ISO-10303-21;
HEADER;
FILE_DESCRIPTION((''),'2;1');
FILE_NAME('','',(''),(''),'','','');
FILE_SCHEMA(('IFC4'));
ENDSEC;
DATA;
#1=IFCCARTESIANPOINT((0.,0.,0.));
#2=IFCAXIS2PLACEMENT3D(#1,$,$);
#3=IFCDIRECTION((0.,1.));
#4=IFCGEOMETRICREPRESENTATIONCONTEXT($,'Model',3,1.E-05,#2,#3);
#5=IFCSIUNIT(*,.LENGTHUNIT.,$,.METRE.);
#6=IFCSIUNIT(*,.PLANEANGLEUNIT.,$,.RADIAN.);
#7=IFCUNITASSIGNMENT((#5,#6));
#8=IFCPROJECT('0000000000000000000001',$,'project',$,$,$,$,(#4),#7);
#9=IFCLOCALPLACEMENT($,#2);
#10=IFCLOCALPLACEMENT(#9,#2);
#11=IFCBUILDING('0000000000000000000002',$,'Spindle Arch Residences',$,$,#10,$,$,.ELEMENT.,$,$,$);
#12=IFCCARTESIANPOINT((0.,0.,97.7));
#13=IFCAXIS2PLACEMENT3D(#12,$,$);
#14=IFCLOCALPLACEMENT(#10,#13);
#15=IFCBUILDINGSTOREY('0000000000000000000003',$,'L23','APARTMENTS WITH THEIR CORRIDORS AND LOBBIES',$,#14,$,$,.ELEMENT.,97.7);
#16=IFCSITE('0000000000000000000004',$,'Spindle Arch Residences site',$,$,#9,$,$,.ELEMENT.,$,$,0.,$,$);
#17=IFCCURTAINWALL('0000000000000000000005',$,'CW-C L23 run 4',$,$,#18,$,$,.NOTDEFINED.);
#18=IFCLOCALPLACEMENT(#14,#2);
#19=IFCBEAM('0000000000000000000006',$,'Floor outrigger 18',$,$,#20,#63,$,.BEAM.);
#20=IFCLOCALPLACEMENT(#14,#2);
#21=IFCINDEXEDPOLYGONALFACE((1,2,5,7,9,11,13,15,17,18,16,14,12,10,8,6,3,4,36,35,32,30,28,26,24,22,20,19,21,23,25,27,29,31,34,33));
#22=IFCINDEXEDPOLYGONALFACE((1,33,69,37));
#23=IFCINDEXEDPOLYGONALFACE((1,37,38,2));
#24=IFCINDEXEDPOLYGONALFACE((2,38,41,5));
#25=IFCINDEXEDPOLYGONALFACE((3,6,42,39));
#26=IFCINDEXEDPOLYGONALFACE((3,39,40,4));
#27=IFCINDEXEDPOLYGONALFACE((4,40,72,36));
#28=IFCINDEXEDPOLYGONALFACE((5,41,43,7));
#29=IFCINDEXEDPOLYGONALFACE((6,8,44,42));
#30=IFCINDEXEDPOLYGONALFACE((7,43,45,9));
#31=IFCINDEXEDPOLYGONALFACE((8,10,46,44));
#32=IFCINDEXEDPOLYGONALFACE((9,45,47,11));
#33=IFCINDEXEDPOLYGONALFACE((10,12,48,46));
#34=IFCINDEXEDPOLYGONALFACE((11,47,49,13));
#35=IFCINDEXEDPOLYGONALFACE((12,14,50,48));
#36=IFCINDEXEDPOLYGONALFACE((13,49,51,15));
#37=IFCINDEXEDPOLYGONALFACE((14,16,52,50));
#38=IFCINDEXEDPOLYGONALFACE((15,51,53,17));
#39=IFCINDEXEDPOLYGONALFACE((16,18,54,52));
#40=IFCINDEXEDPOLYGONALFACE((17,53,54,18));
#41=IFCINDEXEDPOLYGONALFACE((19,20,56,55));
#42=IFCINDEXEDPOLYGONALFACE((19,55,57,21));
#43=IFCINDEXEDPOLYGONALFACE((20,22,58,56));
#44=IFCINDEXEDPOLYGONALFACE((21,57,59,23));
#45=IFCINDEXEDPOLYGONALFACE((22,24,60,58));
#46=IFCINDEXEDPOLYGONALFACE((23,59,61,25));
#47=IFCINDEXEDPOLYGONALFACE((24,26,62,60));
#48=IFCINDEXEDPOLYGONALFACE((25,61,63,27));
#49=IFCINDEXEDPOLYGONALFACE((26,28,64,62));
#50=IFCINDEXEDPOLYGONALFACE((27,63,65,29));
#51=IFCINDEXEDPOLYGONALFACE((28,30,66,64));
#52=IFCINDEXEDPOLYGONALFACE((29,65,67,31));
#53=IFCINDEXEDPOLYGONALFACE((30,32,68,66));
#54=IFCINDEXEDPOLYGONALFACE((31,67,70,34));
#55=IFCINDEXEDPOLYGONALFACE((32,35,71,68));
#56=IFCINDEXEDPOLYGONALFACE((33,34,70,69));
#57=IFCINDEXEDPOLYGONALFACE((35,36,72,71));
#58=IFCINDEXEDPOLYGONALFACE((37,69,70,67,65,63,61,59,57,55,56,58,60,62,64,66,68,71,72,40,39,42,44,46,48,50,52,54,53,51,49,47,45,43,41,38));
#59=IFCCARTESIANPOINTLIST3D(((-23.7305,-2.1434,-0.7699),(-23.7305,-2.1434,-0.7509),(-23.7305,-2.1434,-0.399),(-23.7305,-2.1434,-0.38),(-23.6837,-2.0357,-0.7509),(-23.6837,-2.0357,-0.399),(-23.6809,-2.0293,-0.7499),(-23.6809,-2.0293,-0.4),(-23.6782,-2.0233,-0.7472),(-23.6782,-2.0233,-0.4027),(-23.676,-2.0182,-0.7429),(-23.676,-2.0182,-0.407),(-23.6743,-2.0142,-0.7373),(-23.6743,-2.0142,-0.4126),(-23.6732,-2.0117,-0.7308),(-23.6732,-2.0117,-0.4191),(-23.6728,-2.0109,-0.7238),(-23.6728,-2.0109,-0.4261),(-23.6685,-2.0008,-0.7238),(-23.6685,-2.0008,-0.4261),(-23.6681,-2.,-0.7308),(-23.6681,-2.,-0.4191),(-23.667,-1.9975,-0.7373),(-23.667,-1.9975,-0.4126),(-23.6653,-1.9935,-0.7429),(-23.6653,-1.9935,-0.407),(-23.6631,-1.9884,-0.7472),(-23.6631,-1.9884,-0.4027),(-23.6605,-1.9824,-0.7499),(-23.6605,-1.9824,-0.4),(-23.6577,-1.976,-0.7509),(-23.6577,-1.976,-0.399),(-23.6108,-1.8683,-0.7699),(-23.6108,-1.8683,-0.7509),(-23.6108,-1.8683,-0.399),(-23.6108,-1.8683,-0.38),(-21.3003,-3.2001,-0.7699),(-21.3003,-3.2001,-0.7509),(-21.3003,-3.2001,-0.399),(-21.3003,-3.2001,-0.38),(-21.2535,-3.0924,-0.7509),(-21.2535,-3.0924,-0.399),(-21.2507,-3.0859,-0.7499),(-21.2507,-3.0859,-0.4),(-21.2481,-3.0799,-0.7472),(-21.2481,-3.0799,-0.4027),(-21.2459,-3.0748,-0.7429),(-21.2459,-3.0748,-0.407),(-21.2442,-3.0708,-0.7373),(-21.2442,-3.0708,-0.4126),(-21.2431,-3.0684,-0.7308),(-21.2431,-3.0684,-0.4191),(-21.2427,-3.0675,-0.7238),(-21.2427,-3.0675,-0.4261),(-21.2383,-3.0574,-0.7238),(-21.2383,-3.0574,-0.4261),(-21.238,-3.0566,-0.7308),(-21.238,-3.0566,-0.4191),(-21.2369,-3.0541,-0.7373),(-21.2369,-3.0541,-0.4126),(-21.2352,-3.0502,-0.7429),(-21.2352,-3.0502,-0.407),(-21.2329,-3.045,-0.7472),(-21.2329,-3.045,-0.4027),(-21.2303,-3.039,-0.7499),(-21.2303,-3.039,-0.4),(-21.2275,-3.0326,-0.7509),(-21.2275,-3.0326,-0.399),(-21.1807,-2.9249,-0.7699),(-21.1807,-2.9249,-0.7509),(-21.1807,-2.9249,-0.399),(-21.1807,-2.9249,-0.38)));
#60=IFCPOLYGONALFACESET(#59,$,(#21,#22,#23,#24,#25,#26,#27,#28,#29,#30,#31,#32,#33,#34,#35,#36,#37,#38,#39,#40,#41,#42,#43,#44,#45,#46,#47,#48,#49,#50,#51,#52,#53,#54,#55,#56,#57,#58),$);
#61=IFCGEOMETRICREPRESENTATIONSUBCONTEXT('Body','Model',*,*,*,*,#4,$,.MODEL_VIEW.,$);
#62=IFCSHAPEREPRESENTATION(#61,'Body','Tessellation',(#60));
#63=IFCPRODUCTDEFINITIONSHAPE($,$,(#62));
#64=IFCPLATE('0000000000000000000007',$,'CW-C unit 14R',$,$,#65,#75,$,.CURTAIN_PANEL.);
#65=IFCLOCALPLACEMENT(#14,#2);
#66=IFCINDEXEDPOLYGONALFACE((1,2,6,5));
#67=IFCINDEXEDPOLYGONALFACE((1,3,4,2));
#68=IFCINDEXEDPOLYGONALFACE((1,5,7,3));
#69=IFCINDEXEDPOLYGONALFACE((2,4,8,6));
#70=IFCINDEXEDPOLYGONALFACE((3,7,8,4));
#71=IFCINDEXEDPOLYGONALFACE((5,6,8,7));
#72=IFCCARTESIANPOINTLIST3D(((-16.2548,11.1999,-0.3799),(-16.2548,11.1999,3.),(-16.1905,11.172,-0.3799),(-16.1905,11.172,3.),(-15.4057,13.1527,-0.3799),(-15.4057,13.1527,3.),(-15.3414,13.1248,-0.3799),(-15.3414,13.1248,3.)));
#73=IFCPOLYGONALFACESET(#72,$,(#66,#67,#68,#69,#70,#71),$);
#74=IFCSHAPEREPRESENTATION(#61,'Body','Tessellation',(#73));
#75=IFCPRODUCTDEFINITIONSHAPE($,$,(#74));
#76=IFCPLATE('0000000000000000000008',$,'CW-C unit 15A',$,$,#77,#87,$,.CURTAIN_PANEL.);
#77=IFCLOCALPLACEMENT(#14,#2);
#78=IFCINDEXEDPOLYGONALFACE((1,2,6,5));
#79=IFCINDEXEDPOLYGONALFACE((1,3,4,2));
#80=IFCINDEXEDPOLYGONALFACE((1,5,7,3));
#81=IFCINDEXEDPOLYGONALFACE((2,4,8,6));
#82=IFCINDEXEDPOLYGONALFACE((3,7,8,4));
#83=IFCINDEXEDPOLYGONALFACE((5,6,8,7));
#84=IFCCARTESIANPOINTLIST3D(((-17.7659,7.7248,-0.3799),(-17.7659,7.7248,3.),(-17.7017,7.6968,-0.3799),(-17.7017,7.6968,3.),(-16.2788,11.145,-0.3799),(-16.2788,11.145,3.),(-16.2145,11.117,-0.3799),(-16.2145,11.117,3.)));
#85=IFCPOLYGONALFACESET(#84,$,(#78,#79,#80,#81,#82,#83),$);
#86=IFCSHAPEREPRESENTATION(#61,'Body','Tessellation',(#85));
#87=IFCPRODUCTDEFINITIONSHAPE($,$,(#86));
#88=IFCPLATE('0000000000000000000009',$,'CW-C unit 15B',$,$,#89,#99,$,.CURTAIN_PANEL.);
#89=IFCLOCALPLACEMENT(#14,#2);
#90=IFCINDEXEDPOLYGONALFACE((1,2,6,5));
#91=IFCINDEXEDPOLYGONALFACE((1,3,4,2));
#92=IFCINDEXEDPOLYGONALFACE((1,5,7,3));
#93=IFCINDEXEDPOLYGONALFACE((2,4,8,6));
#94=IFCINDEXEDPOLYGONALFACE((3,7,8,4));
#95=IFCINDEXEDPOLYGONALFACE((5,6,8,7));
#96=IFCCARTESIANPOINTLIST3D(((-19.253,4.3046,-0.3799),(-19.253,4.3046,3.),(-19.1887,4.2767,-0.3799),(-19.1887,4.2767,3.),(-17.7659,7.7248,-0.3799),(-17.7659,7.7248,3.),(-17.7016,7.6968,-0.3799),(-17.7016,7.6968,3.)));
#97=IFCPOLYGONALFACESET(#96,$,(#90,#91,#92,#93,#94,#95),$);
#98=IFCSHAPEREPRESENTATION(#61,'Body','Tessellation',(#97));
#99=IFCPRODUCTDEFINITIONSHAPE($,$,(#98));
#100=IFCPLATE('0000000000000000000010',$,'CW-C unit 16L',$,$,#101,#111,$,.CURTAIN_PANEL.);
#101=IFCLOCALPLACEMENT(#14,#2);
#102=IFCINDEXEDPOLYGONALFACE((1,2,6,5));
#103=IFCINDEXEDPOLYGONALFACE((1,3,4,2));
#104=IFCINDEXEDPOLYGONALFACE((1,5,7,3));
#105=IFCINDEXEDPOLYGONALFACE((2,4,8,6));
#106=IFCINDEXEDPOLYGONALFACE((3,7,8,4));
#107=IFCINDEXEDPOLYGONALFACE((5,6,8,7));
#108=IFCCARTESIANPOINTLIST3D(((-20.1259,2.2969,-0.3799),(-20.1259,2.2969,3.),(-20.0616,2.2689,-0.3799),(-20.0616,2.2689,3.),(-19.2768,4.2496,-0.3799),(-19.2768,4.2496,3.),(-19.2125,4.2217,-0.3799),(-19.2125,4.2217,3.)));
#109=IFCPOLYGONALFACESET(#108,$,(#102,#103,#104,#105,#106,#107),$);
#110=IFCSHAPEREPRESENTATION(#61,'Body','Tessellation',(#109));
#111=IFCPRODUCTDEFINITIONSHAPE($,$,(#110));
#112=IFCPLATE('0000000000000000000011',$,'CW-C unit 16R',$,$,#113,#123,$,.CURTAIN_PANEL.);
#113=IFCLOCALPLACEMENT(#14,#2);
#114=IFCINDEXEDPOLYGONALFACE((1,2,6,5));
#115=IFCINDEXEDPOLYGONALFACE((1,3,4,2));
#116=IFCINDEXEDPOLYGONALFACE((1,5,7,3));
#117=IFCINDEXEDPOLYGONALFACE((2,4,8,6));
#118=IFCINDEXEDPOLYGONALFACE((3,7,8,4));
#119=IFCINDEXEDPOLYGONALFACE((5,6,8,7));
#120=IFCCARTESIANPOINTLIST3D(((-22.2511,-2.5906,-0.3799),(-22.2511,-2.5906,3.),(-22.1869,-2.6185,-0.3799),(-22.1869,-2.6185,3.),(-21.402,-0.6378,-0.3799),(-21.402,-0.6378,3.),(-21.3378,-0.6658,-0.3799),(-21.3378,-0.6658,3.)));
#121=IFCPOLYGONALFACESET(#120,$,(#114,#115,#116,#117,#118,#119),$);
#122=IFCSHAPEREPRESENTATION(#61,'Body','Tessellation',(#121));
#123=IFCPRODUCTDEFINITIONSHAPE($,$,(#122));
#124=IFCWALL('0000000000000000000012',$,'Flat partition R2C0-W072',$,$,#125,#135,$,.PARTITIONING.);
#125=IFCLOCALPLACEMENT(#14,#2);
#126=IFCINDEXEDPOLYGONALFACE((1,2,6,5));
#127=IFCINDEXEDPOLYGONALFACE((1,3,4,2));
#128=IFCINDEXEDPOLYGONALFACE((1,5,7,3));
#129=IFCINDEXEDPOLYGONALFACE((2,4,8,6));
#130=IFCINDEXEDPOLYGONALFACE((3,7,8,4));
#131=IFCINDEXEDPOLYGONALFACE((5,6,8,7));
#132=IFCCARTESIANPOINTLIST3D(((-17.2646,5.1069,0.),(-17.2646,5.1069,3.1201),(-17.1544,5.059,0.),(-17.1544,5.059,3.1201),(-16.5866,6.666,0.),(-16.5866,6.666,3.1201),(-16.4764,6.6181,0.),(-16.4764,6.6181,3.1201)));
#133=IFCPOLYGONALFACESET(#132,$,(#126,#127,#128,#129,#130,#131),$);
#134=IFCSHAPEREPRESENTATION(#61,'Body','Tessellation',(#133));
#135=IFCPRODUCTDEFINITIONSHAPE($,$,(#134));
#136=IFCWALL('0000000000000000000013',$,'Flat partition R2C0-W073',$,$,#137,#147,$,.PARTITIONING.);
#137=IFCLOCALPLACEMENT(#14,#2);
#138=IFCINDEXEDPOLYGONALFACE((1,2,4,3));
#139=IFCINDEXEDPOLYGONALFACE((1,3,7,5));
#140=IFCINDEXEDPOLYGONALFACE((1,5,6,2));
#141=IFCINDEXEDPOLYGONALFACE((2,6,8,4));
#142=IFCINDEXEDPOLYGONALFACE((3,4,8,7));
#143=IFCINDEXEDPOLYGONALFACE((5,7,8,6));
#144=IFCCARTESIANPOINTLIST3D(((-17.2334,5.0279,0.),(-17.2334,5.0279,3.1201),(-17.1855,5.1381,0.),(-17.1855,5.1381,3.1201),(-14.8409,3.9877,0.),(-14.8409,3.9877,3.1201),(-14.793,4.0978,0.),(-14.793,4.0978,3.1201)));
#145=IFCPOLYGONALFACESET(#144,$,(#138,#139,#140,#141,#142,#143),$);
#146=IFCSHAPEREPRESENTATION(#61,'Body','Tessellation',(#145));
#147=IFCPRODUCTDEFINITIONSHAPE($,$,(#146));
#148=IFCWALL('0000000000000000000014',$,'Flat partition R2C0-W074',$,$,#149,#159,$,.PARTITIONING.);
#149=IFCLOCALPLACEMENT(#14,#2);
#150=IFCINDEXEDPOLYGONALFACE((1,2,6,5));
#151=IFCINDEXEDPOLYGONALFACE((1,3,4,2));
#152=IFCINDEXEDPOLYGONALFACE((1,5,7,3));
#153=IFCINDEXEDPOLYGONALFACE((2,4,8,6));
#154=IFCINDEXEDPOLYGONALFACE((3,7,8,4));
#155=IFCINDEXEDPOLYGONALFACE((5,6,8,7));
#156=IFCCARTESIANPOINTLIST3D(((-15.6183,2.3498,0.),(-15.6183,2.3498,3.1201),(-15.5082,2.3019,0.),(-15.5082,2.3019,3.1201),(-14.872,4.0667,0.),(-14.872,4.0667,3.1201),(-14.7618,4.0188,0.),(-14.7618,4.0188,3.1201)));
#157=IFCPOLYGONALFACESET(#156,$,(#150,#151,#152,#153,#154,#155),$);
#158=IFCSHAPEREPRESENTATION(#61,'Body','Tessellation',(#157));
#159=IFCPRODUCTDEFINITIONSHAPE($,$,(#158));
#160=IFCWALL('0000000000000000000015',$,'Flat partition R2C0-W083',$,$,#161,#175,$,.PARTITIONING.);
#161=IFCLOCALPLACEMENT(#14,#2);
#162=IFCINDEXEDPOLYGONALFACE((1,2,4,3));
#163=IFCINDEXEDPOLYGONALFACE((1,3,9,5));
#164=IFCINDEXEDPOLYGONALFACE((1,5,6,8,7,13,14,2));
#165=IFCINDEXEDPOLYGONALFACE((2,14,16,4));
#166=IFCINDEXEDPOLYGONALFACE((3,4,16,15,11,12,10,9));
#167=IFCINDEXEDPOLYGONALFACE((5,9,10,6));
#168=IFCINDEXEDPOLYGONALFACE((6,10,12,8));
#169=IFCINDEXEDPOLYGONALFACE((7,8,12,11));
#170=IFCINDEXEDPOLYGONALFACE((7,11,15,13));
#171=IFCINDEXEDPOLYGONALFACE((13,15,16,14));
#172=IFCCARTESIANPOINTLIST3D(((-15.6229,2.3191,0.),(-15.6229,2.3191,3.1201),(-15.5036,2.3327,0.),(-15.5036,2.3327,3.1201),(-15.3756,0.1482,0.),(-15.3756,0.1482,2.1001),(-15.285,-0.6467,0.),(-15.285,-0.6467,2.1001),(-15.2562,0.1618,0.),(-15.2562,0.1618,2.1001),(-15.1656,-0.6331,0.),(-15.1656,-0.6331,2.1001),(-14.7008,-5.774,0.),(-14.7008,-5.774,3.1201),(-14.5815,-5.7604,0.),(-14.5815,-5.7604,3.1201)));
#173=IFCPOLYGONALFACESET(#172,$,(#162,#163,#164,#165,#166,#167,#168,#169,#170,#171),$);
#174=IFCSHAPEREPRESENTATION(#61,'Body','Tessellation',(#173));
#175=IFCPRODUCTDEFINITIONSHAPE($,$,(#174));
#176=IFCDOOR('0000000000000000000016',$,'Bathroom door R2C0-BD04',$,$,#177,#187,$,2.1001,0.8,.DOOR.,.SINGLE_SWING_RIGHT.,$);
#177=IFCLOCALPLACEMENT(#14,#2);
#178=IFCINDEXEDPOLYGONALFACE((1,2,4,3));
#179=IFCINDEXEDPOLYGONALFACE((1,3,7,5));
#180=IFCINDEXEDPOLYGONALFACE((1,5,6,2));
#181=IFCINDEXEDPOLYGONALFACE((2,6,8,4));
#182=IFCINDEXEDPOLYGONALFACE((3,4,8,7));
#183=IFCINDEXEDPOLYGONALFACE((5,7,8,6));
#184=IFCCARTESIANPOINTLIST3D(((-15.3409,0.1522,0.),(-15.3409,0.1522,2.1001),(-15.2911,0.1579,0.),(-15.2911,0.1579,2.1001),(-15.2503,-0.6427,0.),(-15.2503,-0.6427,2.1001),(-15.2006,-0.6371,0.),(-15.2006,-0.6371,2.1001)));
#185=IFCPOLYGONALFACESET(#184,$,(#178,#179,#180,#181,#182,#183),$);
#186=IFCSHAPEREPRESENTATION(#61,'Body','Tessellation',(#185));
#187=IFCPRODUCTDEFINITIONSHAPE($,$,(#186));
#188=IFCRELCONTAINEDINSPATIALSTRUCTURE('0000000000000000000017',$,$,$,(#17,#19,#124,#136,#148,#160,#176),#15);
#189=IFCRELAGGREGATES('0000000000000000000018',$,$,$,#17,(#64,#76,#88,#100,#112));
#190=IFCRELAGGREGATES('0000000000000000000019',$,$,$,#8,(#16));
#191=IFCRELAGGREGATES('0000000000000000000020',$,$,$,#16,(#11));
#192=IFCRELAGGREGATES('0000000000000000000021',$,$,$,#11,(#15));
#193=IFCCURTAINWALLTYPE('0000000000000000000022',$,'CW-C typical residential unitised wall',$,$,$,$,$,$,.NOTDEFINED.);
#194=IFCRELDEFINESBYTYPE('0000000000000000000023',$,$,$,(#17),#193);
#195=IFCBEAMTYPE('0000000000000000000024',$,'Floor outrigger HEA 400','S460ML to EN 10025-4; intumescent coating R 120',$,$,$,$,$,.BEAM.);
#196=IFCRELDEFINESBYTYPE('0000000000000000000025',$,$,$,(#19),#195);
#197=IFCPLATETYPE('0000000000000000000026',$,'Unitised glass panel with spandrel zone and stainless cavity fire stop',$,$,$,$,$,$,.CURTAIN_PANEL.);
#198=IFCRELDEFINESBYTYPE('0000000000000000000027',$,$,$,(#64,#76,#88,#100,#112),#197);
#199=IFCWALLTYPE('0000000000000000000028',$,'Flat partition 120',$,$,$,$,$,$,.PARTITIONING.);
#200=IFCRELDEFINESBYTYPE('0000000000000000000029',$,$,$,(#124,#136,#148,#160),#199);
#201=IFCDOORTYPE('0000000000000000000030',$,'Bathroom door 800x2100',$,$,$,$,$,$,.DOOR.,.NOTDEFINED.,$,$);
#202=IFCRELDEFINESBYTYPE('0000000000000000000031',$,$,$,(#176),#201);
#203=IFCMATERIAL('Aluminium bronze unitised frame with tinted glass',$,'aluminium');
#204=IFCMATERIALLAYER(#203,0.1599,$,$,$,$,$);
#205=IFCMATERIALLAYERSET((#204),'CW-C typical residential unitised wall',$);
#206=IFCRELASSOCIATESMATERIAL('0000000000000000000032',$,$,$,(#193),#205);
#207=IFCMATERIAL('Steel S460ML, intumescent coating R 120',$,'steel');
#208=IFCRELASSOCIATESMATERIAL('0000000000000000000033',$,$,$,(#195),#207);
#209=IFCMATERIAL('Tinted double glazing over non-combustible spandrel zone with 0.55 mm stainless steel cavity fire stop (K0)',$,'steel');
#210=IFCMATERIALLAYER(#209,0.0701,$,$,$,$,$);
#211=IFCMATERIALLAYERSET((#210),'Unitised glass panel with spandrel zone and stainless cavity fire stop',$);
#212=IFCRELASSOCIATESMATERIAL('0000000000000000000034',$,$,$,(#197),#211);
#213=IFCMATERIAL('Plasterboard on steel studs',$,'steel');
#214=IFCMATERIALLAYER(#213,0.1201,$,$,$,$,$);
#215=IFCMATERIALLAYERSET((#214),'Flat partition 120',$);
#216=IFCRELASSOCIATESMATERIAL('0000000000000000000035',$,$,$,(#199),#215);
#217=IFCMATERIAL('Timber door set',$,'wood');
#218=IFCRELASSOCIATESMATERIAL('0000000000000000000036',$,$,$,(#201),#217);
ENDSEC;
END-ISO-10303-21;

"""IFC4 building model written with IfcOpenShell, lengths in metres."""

from ifc_helpers import new_model, si_unit, direction, frame, frame_2d, origin, origin_2d, place, context, subcontext, project, spatial, rectangle, i_section, extrude, material, layer, layer_set, material_profile, profile_set, type_object, element, fill, aggregate, save


model = new_model("IFC4")

# Units and contexts
model_context = context("Model", 3, precision=1e-05, world=origin(), true_north=direction((0.0, 1.0)))
body_context = subcontext(model_context, "Body", "Model", "MODEL_VIEW")
ifc_project = project(units=[si_unit("LENGTHUNIT", "METRE"), si_unit("PLANEANGLEUNIT", "RADIAN")], contexts=[model_context])

# Site, building, storey
site_placement = place(None, origin())
site = spatial("IfcSite", under=ifc_project, at=site_placement, Name="Spindle Arch Residences site", CompositionType="ELEMENT", RefElevation=0.0)
building_placement = place(site_placement, origin())
building = spatial("IfcBuilding", under=site, at=building_placement, Name="Spindle Arch Residences", CompositionType="ELEMENT")
storey_placement = place(building_placement, frame((0.0, 0.0, 97.7)))
storey = spatial("IfcBuildingStorey", under=building, at=storey_placement, Name="L23", Description="APARTMENTS WITH THEIR CORRIDORS AND LOBBIES", CompositionType="ELEMENT", Elevation=97.7)

# Curtain wall
ifc_material_1 = material(Name="Aluminium bronze unitised frame with tinted glass", Category="aluminium")
ifc_layer_1 = layer(ifc_material_1, 0.1599)
ifc_layer_set_1 = layer_set([ifc_layer_1], Name="CW-C typical residential unitised wall")
curtain_wall_type = type_object("IfcCurtainWallType", Name="CW-C typical residential unitised wall", PredefinedType="NOTDEFINED", material=ifc_layer_set_1)
curtain_wall_placement = place(storey_placement, origin())
curtain_wall = element("IfcCurtainWall", 1, at=curtain_wall_placement, inside=storey, type_object=curtain_wall_type, Name="CW-C L23 run 4", PredefinedType="NOTDEFINED")

# Beam
ifc_material_2 = material(Name="Steel S460ML, intumescent coating R 120", Category="steel")
ifc_material_profile_1 = material_profile(ifc_material_2, i_section(OverallWidth=0.3, OverallDepth=0.3899, WebThickness=0.011, FlangeThickness=0.019, FilletRadius=0.0271, at=origin_2d()), Name="HEA 400")
ifc_profile_set_1 = profile_set([ifc_material_profile_1], Name="Steel S460ML, intumescent coating R 120")
beam_type_1 = type_object("IfcBeamType", Name="Floor outrigger HEA 400", Description="S460ML to EN 10025-4; intumescent coating R 120", PredefinedType="BEAM", material=ifc_profile_set_1)
beam_1_placement = place(storey_placement, frame((-23.6707, -2.0059, -0.575), z_axis=(0.917064, -0.39874, 0.0), x_axis=(0.39874, 0.917064, 0.0)))
element("IfcBeam", 2, at=beam_1_placement, inside=storey, type_object=beam_type_1, Name="Floor outrigger 18", PredefinedType="BEAM", context=body_context, shape_type="SweptSolid", body=[
    extrude(i_section(OverallWidth=0.3, OverallDepth=0.3899, WebThickness=0.011, FlangeThickness=0.019, FilletRadius=0.0271, at=origin_2d()), origin(), (0.0, 0.0, 1.0), 2.6499),
])

# Plates
ifc_material_3 = material(Name="Tinted double glazing over non-combustible spandrel zone with 0.55 mm stainless steel cavity fire stop (K0)", Category="steel")
ifc_layer_2 = layer(ifc_material_3, 0.0701)
ifc_layer_set_2 = layer_set([ifc_layer_2], Name="Unitised glass panel with spandrel zone and stainless cavity fire stop")
plate_type = type_object("IfcPlateType", Name="Unitised glass panel with spandrel zone and stainless cavity fire stop", PredefinedType="CURTAIN_PANEL", material=ifc_layer_set_2)
plate_1_placement = place(storey_placement, frame((-15.7981, 12.1624, -0.3799), z_axis=(0.0, 0.0, 1.0), x_axis=(-0.398749, -0.91706, 0.0)))
plate_1 = element("IfcPlate", 3, at=plate_1_placement, type_object=plate_type, Name="CW-C unit 14R", PredefinedType="CURTAIN_PANEL", context=body_context, shape_type="SweptSolid", body=[
    extrude(rectangle(XDim=2.1294, YDim=0.0701, at=origin_2d()), origin(), (0.0, 0.0, 1.0), 3.3799),
])
plate_2_placement = place(storey_placement, frame((-16.9902, 9.4209, -0.3799), z_axis=(0.0, 0.0, 1.0), x_axis=(-0.398749, -0.91706, 0.0)))
plate_2 = element("IfcPlate", 4, at=plate_2_placement, type_object=plate_type, Name="CW-C unit 15A", PredefinedType="CURTAIN_PANEL", context=body_context, shape_type="SweptSolid", body=[
    extrude(rectangle(XDim=3.7295, YDim=0.0701, at=origin_2d()), origin(), (0.0, 0.0, 1.0), 3.3799),
])
plate_3_placement = place(storey_placement, frame((-18.4773, 6.0007, -0.3799), z_axis=(0.0, 0.0, 1.0), x_axis=(-0.398749, -0.91706, 0.0)))
plate_3 = element("IfcPlate", 5, at=plate_3_placement, type_object=plate_type, Name="CW-C unit 15B", PredefinedType="CURTAIN_PANEL", context=body_context, shape_type="SweptSolid", body=[
    extrude(rectangle(XDim=3.7295, YDim=0.0701, at=origin_2d()), origin(), (0.0, 0.0, 1.0), 3.3799),
])
plate_4_placement = place(storey_placement, frame((-19.6692, 3.2593, -0.3799), z_axis=(0.0, 0.0, 1.0), x_axis=(-0.398749, -0.91706, 0.0)))
plate_4 = element("IfcPlate", 6, at=plate_4_placement, type_object=plate_type, Name="CW-C unit 16L", PredefinedType="CURTAIN_PANEL", context=body_context, shape_type="SweptSolid", body=[
    extrude(rectangle(XDim=2.1294, YDim=0.0701, at=origin_2d()), origin(), (0.0, 0.0, 1.0), 3.3799),
])
plate_5_placement = place(storey_placement, frame((-21.7944, -1.6282, -0.3799), z_axis=(0.0, 0.0, 1.0), x_axis=(-0.398749, -0.91706, 0.0)))
plate_5 = element("IfcPlate", 7, at=plate_5_placement, type_object=plate_type, Name="CW-C unit 16R", PredefinedType="CURTAIN_PANEL", context=body_context, shape_type="SweptSolid", body=[
    extrude(rectangle(XDim=2.1294, YDim=0.0701, at=origin_2d()), origin(), (0.0, 0.0, 1.0), 3.3799),
])
aggregate(curtain_wall, [plate_1, plate_2, plate_3, plate_4, plate_5])

# Walls
ifc_material_4 = material(Name="Plasterboard on steel studs", Category="steel")
ifc_layer_3 = layer(ifc_material_4, 0.1201)
ifc_layer_set_3 = layer_set([ifc_layer_3], Name="Flat partition 120")
wall_type_1 = type_object("IfcWallType", Name="Flat partition 120", PredefinedType="PARTITIONING", material=ifc_layer_set_3)
wall_1_placement = place(storey_placement, frame((-16.5315, 6.6421, 0.0), z_axis=(0.0, 0.0, 1.0), x_axis=(-0.398784, -0.917045, 0.0)))
element("IfcWall", 8, at=wall_1_placement, inside=storey, type_object=wall_type_1, Name="Flat partition R2C0-W072", PredefinedType="PARTITIONING", context=body_context, shape_type="SweptSolid", body=[
    extrude(rectangle(XDim=1.7002, YDim=0.1201, at=frame_2d((0.8501, 0.0))), origin(), (0.0, 0.0, 1.0), 3.1201),
])
wall_2_placement = place(storey_placement, frame((-17.2095, 5.083, 0.0), z_axis=(0.0, 0.0, 1.0), x_axis=(0.917066, -0.398736, 0.0)))
element("IfcWall", 9, at=wall_2_placement, inside=storey, type_object=wall_type_1, Name="Flat partition R2C0-W073", PredefinedType="PARTITIONING", context=body_context, shape_type="SweptSolid", body=[
    extrude(rectangle(XDim=2.6089, YDim=0.1201, at=frame_2d((1.3044, 0.0))), origin(), (0.0, 0.0, 1.0), 3.1201),
])
wall_3_placement = place(storey_placement, frame((-14.8169, 4.0427, 0.0), z_axis=(0.0, 0.0, 1.0), x_axis=(-0.398683, -0.917089, 0.0)))
element("IfcWall", 10, at=wall_3_placement, inside=storey, type_object=wall_type_1, Name="Flat partition R2C0-W074", PredefinedType="PARTITIONING", context=body_context, shape_type="SweptSolid", body=[
    extrude(rectangle(XDim=1.8721, YDim=0.1201, at=frame_2d((0.936, 0.0))), origin(), (0.0, 0.0, 1.0), 3.1201),
])

# Wall, opening, door
wall_4_placement = place(storey_placement, frame((-15.5632, 2.3259, 0.0), z_axis=(0.0, 0.0, 1.0), x_axis=(0.113204, -0.993572, 0.0)))
wall_4 = element("IfcWall", 11, at=wall_4_placement, inside=storey, type_object=wall_type_1, Name="Flat partition R2C0-W083", PredefinedType="PARTITIONING", context=body_context, shape_type="SweptSolid", body=[
    extrude(rectangle(XDim=8.1455, YDim=0.1201, at=frame_2d((4.0728, 0.0))), origin(), (0.0, 0.0, 1.0), 3.1201),
])
opening_1_placement = place(wall_4_placement, frame((2.1851, 0.0, 0.0)))
opening_1 = element("IfcOpeningElement", 12, at=opening_1_placement, cuts=wall_4, PredefinedType="OPENING", context=body_context, shape_type="SweptSolid", body=[
    extrude(rectangle(XDim=0.8, YDim=2.1001, at=frame_2d((0.3999, 1.05))), frame((0.0, 0.0701, 0.0), z_axis=(0.0, -1.0, 0.0), x_axis=(1.0, 0.0, 0.0)), (0.0, 0.0, 1.0), 0.1401),
])
ifc_material_5 = material(Name="Timber door set", Category="wood")
door_type_1 = type_object("IfcDoorType", Name="Bathroom door 800x2100", OperationType="NOTDEFINED", PredefinedType="DOOR", material=ifc_material_5)
door_1_placement = place(opening_1_placement, origin())
door_1 = element("IfcDoor", 13, at=door_1_placement, inside=storey, type_object=door_type_1, Name="Bathroom door R2C0-BD04", OperationType="SINGLE_SWING_RIGHT", OverallHeight=2.1001, OverallWidth=0.8, PredefinedType="DOOR", context=body_context, shape_type="SweptSolid", body=[
    extrude(rectangle(XDim=0.8, YDim=2.1001, at=frame_2d((0.3999, 1.05))), frame((0.0, 0.0249, 0.0), z_axis=(0.0, -1.0, 0.0), x_axis=(1.0, 0.0, 0.0)), (0.0, 0.0, 1.0), 0.05),
])
fill(opening_1, door_1)

save(model, "model.ifc")
